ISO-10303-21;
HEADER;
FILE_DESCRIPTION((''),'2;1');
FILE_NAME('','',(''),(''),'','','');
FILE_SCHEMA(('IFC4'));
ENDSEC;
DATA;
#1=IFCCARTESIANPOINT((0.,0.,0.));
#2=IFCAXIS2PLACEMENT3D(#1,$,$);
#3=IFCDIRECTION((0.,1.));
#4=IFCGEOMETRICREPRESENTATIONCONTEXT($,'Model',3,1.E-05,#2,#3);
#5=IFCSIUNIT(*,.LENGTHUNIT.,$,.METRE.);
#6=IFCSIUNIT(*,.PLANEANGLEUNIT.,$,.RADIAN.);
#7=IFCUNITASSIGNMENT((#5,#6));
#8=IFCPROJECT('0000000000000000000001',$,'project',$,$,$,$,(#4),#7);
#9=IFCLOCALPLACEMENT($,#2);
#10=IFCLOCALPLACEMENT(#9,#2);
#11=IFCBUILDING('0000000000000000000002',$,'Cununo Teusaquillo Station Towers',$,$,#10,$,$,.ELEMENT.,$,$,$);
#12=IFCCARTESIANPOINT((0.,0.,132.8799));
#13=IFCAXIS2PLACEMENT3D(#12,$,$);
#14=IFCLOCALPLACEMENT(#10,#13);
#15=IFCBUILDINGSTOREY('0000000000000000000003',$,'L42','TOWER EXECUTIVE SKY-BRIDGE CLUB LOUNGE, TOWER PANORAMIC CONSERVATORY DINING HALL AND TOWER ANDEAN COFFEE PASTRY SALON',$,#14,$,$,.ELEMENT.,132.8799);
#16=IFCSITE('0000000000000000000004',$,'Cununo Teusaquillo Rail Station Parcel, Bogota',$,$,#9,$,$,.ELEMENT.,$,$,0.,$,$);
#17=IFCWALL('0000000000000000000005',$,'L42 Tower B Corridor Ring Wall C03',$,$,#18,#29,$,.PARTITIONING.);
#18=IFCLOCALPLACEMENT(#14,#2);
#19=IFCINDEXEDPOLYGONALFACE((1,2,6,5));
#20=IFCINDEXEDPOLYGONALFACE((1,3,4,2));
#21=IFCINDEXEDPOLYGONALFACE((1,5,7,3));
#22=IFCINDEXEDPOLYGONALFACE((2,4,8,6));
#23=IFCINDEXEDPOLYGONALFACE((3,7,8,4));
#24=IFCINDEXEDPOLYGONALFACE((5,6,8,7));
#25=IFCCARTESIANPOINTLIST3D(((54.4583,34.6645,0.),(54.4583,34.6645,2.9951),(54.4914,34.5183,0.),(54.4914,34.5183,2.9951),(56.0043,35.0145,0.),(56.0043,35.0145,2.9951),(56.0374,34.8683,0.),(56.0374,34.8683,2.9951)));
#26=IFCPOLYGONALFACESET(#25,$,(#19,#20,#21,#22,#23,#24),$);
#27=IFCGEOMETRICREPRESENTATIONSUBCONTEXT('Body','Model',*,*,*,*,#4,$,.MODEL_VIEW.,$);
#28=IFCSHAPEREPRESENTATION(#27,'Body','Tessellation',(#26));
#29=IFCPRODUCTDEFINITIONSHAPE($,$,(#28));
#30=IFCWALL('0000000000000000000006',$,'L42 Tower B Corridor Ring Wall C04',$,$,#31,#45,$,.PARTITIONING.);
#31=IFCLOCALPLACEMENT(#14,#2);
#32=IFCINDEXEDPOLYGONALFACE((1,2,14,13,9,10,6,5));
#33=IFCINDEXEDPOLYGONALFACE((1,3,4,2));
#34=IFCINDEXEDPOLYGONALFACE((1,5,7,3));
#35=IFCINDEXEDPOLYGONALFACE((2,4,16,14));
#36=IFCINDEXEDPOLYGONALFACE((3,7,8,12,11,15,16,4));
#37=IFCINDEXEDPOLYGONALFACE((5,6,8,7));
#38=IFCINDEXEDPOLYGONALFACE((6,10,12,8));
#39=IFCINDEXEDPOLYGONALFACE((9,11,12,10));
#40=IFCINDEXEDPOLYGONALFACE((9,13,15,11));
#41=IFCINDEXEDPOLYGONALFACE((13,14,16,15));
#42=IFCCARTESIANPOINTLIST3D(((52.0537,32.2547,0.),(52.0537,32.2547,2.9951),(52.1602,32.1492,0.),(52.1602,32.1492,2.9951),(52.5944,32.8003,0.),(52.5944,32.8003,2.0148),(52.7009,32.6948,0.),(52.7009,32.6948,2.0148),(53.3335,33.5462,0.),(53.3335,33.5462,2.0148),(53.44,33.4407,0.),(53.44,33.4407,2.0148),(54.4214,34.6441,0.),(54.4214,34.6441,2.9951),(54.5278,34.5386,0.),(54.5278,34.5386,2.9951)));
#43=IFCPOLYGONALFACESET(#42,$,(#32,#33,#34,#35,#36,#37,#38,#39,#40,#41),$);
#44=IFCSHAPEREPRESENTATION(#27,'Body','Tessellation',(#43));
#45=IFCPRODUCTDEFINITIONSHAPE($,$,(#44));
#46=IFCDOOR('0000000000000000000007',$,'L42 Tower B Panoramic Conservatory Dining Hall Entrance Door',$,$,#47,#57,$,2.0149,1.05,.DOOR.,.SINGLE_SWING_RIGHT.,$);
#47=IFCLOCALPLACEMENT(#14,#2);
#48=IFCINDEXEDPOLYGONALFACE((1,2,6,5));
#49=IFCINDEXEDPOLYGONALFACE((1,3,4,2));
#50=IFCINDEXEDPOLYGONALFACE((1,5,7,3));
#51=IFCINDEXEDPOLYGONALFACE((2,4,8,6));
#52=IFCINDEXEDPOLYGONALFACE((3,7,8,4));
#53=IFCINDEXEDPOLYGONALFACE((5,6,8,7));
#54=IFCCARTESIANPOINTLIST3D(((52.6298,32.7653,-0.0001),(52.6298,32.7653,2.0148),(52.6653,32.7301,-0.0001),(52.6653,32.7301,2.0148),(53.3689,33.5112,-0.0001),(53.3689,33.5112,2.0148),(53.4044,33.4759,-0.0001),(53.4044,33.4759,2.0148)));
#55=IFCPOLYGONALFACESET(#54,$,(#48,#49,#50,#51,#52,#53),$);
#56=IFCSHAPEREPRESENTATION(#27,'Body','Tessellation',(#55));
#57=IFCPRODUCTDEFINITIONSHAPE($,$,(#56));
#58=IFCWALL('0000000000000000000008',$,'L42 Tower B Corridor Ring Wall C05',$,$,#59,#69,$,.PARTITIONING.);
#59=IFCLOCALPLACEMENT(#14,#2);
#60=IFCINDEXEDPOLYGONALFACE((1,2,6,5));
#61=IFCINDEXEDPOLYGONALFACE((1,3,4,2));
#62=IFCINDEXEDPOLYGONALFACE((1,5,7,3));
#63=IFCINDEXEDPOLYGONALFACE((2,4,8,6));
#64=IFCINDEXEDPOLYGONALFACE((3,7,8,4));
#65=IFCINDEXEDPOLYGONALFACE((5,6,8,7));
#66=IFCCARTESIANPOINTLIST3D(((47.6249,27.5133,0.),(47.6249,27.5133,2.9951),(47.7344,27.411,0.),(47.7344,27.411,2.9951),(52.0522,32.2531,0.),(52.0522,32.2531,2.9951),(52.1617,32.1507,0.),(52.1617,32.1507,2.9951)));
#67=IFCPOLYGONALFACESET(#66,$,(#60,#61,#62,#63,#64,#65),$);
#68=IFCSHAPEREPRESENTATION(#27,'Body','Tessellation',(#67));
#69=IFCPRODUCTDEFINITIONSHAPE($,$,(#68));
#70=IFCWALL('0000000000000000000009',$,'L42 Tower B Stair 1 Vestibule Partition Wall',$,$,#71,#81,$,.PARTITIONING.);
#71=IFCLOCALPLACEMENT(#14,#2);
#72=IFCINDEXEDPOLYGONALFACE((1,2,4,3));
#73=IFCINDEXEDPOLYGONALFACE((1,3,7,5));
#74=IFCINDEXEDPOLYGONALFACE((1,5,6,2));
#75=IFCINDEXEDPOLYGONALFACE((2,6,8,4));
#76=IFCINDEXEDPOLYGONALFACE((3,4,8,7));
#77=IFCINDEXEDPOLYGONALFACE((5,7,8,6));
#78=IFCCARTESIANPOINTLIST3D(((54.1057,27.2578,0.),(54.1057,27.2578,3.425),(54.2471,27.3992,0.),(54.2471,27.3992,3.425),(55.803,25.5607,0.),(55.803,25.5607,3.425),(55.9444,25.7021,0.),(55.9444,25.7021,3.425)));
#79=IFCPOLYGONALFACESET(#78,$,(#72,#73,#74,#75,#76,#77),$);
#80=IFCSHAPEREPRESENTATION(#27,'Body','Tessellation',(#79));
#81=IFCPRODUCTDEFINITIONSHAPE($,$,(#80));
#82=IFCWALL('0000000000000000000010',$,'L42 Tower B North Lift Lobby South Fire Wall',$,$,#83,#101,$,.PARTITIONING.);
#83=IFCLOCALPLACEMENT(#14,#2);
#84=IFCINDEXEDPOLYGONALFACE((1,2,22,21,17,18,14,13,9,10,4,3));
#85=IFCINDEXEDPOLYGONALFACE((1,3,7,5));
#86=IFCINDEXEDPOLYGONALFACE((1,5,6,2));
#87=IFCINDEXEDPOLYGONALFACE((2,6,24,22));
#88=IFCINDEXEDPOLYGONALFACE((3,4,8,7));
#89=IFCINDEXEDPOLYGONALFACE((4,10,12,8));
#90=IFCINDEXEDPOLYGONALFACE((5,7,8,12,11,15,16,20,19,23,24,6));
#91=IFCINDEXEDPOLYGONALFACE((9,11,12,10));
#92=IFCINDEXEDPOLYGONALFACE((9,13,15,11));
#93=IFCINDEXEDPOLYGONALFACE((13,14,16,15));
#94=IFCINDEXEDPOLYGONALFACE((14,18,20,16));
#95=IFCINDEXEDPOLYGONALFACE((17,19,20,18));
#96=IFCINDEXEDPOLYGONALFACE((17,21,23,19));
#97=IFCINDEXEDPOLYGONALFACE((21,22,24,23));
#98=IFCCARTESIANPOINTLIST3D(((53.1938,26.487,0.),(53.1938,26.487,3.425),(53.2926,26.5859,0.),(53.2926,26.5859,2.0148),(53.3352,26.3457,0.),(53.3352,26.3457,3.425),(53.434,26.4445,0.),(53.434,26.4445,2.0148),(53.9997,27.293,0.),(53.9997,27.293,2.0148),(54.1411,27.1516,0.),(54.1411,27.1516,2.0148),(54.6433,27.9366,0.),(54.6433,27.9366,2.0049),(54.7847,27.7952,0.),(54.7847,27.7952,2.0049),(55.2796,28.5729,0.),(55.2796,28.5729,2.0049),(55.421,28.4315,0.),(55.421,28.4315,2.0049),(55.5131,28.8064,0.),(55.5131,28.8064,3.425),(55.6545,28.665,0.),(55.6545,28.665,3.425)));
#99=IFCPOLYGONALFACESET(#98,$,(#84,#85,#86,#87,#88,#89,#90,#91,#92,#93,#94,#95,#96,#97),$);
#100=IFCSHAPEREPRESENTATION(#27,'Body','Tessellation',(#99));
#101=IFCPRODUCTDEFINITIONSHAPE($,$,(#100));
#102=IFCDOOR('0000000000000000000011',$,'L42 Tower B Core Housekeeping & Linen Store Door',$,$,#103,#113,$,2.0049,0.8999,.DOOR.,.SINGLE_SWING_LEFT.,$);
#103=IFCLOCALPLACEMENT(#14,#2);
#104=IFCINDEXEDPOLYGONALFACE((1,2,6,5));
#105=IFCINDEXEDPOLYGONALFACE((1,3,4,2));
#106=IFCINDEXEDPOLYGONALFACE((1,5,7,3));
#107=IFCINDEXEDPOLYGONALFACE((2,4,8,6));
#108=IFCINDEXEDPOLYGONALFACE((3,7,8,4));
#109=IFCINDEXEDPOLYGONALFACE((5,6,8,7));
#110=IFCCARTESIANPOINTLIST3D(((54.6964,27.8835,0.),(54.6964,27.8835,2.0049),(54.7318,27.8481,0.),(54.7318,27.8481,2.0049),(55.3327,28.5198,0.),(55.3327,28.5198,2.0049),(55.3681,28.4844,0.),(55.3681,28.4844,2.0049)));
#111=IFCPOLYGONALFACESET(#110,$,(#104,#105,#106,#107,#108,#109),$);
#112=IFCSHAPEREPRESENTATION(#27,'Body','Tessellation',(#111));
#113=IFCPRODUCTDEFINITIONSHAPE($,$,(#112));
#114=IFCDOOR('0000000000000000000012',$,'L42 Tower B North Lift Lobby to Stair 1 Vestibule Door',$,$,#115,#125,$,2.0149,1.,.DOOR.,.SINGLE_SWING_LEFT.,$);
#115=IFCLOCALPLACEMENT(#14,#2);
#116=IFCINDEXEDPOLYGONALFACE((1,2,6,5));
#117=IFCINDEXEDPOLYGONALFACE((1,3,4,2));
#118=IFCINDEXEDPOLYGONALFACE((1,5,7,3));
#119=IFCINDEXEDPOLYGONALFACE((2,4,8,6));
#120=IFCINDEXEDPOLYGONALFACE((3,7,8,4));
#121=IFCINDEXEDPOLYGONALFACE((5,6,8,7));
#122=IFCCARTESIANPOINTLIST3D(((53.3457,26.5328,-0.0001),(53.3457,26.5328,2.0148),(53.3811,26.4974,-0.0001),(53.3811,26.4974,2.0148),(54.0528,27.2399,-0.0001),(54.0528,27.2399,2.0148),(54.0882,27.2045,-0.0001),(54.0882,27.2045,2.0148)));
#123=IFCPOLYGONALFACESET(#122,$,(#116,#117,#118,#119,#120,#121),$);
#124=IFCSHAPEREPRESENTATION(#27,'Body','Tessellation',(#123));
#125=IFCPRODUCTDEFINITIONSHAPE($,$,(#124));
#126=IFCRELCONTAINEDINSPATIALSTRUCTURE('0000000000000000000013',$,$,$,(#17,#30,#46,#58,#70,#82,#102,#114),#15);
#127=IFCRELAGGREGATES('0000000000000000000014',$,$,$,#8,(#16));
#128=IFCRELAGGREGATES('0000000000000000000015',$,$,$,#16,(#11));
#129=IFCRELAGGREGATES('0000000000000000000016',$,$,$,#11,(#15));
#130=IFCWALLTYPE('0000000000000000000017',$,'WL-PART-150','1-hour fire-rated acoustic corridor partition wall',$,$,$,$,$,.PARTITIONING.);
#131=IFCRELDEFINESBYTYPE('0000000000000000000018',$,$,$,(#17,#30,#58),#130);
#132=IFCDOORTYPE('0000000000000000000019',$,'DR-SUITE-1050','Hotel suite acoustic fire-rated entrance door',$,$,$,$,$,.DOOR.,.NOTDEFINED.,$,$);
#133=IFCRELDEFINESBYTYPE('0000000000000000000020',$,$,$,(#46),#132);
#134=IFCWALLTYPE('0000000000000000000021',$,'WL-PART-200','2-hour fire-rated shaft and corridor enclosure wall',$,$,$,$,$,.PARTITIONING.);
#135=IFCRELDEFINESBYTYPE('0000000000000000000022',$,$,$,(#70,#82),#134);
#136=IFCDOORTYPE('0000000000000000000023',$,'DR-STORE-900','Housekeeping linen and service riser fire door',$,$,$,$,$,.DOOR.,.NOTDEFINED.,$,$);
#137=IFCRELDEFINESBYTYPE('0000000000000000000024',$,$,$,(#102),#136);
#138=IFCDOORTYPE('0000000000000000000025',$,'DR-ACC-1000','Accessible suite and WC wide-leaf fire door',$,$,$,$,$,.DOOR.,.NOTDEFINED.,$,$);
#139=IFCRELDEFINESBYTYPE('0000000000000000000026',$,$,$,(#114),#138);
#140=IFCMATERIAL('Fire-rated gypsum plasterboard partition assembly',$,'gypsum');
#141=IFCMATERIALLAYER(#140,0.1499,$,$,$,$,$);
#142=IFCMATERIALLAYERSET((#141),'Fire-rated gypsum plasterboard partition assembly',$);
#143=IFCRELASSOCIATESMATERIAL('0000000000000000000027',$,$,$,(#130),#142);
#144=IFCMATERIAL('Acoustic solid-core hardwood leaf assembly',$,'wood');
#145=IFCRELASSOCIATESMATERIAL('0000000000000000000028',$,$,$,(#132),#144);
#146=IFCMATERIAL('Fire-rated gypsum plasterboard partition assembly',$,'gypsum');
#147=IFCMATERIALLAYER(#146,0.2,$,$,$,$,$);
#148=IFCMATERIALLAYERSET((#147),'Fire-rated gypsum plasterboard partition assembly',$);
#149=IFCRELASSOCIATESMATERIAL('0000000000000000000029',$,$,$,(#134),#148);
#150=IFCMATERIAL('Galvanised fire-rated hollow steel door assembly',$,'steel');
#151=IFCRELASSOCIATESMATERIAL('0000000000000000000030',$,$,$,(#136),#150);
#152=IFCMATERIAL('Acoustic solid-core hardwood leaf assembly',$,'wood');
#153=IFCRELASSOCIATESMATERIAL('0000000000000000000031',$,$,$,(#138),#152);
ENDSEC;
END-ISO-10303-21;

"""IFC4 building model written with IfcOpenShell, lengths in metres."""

from ifc_helpers import new_model, si_unit, direction, frame, frame_2d, origin, place, context, subcontext, project, spatial, rectangle, extrude, source, transform, mapped, material, layer, layer_set, type_object, element, fill, save


model = new_model("IFC4")

# Units and contexts
model_context = context("Model", 3, precision=1e-05, world=origin(), true_north=direction((0.0, 1.0)))
body_context = subcontext(model_context, "Body", "Model", "MODEL_VIEW")
ifc_project = project(units=[si_unit("LENGTHUNIT", "METRE"), si_unit("PLANEANGLEUNIT", "RADIAN")], contexts=[model_context])

# Site, building, storey
site_placement = place(None, origin())
site = spatial("IfcSite", under=ifc_project, at=site_placement, Name="Cununo Teusaquillo Rail Station Parcel, Bogota", CompositionType="ELEMENT", RefElevation=0.0)
building_placement = place(site_placement, origin())
building = spatial("IfcBuilding", under=site, at=building_placement, Name="Cununo Teusaquillo Station Towers", CompositionType="ELEMENT")
storey_placement = place(building_placement, frame((0.0, 0.0, 132.8799)))
storey = spatial("IfcBuildingStorey", under=building, at=storey_placement, Name="L42", Description="TOWER EXECUTIVE SKY-BRIDGE CLUB LOUNGE, TOWER PANORAMIC CONSERVATORY DINING HALL AND TOWER ANDEAN COFFEE PASTRY SALON", CompositionType="ELEMENT", Elevation=132.8799)

# Wall
ifc_material_1 = material(Name="Fire-rated gypsum plasterboard partition assembly", Category="gypsum")
ifc_layer_1 = layer(ifc_material_1, 0.1499)
ifc_layer_set_1 = layer_set([ifc_layer_1], Name="Fire-rated gypsum plasterboard partition assembly")
wall_type_1 = type_object("IfcWallType", Name="WL-PART-150", Description="1-hour fire-rated acoustic corridor partition wall", PredefinedType="PARTITIONING", material=ifc_layer_set_1)
wall_1_placement = place(storey_placement, frame((56.0208, 34.9414, 0.0), z_axis=(0.0, 0.0, 1.0), x_axis=(-0.97531, -0.220842, 0.0)))
element("IfcWall", 1, at=wall_1_placement, inside=storey, type_object=wall_type_1, Name="L42 Tower B Corridor Ring Wall C03", PredefinedType="PARTITIONING", context=body_context, shape_type="SweptSolid", body=[
    extrude(rectangle(XDim=1.5852, YDim=0.1499, at=frame_2d((0.7925, 0.0))), origin(), (0.0, 0.0, 1.0), 2.9951),
])

# Wall, opening, door
wall_2_placement = place(storey_placement, frame((54.4746, 34.5913, 0.0), z_axis=(0.0, 0.0, 1.0), x_axis=(-0.70387, -0.710329, 0.0)))
wall_2 = element("IfcWall", 2, at=wall_2_placement, inside=storey, type_object=wall_type_1, Name="L42 Tower B Corridor Ring Wall C04", PredefinedType="PARTITIONING", context=body_context, shape_type="SweptSolid", body=[
    extrude(rectangle(XDim=3.3638, YDim=0.1499, at=frame_2d((1.6819, 0.0))), origin(), (0.0, 0.0, 1.0), 2.9951),
])
shared_shape_1 = source(origin(), body_context, "Body", "SweptSolid", [
    extrude(rectangle(XDim=1.05, YDim=2.0149, at=frame_2d((0.5249, 1.0073))), frame((0.0, 0.085, 0.0), z_axis=(0.0, -1.0, 0.0), x_axis=(1.0, 0.0, 0.0)), (0.0, 0.0, 1.0), 0.1699),
])
opening_1_placement = place(wall_2_placement, frame((1.5457, 0.0, 0.0)))
opening_1 = element("IfcOpeningElement", 3, at=opening_1_placement, cuts=wall_2, PredefinedType="OPENING", context=body_context, shape_type="MappedRepresentation", body=[
    mapped(shared_shape_1, transform((0.0, 0.0, 0.0), x_axis=(1.0, 0.0, 0.0), y_axis=(0.0, 1.0, 0.0), z_axis=(0.0, 0.0, 1.0), scale=1.0)),
])
ifc_material_2 = material(Name="Acoustic solid-core hardwood leaf assembly", Category="wood")
door_type_1 = type_object("IfcDoorType", Name="DR-SUITE-1050", Description="Hotel suite acoustic fire-rated entrance door", OperationType="NOTDEFINED", PredefinedType="DOOR", material=ifc_material_2)
shared_shape_2 = source(origin(), body_context, "Body", "SweptSolid", [
    extrude(rectangle(XDim=1.05, YDim=2.0149, at=frame_2d((0.5249, 1.0073))), frame((0.0, 0.0249, 0.0), z_axis=(0.0, -1.0, 0.0), x_axis=(1.0, 0.0, 0.0)), (0.0, 0.0, 1.0), 0.05),
])
door_1_placement = place(opening_1_placement, origin())
door_1 = element("IfcDoor", 4, at=door_1_placement, inside=storey, type_object=door_type_1, Name="L42 Tower B Panoramic Conservatory Dining Hall Entrance Door", OperationType="SINGLE_SWING_RIGHT", OverallHeight=2.0149, OverallWidth=1.05, PredefinedType="DOOR", context=body_context, shape_type="MappedRepresentation", body=[
    mapped(shared_shape_2, transform((0.0, 0.0, 0.0), x_axis=(1.0, 0.0, 0.0), y_axis=(0.0, 1.0, 0.0), z_axis=(0.0, 0.0, 1.0), scale=1.0)),
])
fill(opening_1, door_1)

# Walls
wall_3_placement = place(storey_placement, frame((52.1069, 32.2019, 0.0), z_axis=(0.0, 0.0, 1.0), x_axis=(-0.682605, -0.730787, 0.0)))
element("IfcWall", 5, at=wall_3_placement, inside=storey, type_object=wall_type_1, Name="L42 Tower B Corridor Ring Wall C05", PredefinedType="PARTITIONING", context=body_context, shape_type="SweptSolid", body=[
    extrude(rectangle(XDim=6.4858, YDim=0.1499, at=frame_2d((3.2429, 0.0))), origin(), (0.0, 0.0, 1.0), 2.9951),
])
ifc_material_3 = material(Name="Fire-rated gypsum plasterboard partition assembly", Category="gypsum")
ifc_layer_2 = layer(ifc_material_3, 0.2)
ifc_layer_set_2 = layer_set([ifc_layer_2], Name="Fire-rated gypsum plasterboard partition assembly")
wall_type_2 = type_object("IfcWallType", Name="WL-PART-200", Description="2-hour fire-rated shaft and corridor enclosure wall", PredefinedType="PARTITIONING", material=ifc_layer_set_2)
wall_4_placement = place(storey_placement, frame((55.8738, 25.6313, 0.0), z_axis=(0.0, 0.0, 1.0), x_axis=(-0.707158, 0.707056, 0.0)))
element("IfcWall", 6, at=wall_4_placement, inside=storey, type_object=wall_type_2, Name="L42 Tower B Stair 1 Vestibule Partition Wall", PredefinedType="PARTITIONING", context=body_context, shape_type="SweptSolid", body=[
    extrude(rectangle(XDim=2.4001, YDim=0.2, at=frame_2d((1.2002, 0.0))), origin(), (0.0, 0.0, 1.0), 3.425),
])

# Wall, openings, doors
wall_5_placement = place(storey_placement, frame((53.2644, 26.4163, 0.0), z_axis=(0.0, 0.0, 1.0), x_axis=(0.707107, 0.707107, 0.0)))
wall_5 = element("IfcWall", 7, at=wall_5_placement, inside=storey, type_object=wall_type_2, Name="L42 Tower B North Lift Lobby South Fire Wall", PredefinedType="PARTITIONING", context=body_context, shape_type="SweptSolid", body=[
    extrude(rectangle(XDim=3.28, YDim=0.2, at=frame_2d((1.6401, 0.0))), origin(), (0.0, 0.0, 1.0), 3.425),
])
shared_shape_3 = source(origin(), body_context, "Body", "SweptSolid", [
    extrude(rectangle(XDim=1.0, YDim=2.0149, at=frame_2d((0.5, 1.0073))), frame((0.0, 0.1099, 0.0), z_axis=(0.0, -1.0, 0.0), x_axis=(1.0, 0.0, 0.0)), (0.0, 0.0, 1.0), 0.22),
])
opening_2_placement = place(wall_5_placement, frame((0.1399, 0.0, 0.0)))
opening_2 = element("IfcOpeningElement", 8, at=opening_2_placement, cuts=wall_5, PredefinedType="OPENING", context=body_context, shape_type="MappedRepresentation", body=[
    mapped(shared_shape_3, transform((0.0, 0.0, 0.0), x_axis=(1.0, 0.0, 0.0), y_axis=(0.0, 1.0, 0.0), z_axis=(0.0, 0.0, 1.0), scale=1.0)),
])
shared_shape_4 = source(origin(), body_context, "Body", "SweptSolid", [
    extrude(rectangle(XDim=0.8999, YDim=2.0049, at=frame_2d((0.45, 1.0024))), frame((0.0, 0.1099, 0.0), z_axis=(0.0, -1.0, 0.0), x_axis=(1.0, 0.0, 0.0)), (0.0, 0.0, 1.0), 0.22),
])
opening_3_placement = place(wall_5_placement, frame((2.05, 0.0, 0.0)))
opening_3 = element("IfcOpeningElement", 9, at=opening_3_placement, cuts=wall_5, PredefinedType="OPENING", context=body_context, shape_type="MappedRepresentation", body=[
    mapped(shared_shape_4, transform((0.0, 0.0, 0.0), x_axis=(1.0, 0.0, 0.0), y_axis=(0.0, 1.0, 0.0), z_axis=(0.0, 0.0, 1.0), scale=1.0)),
])
ifc_material_4 = material(Name="Galvanised fire-rated hollow steel door assembly", Category="steel")
door_type_2 = type_object("IfcDoorType", Name="DR-STORE-900", Description="Housekeeping linen and service riser fire door", OperationType="NOTDEFINED", PredefinedType="DOOR", material=ifc_material_4)
shared_shape_5 = source(origin(), body_context, "Body", "SweptSolid", [
    extrude(rectangle(XDim=0.8999, YDim=2.0049, at=frame_2d((0.45, 1.0024))), frame((0.0, 0.0249, 0.0), z_axis=(0.0, -1.0, 0.0), x_axis=(1.0, 0.0, 0.0)), (0.0, 0.0, 1.0), 0.05),
])
door_2_placement = place(opening_3_placement, origin())
door_2 = element("IfcDoor", 10, at=door_2_placement, inside=storey, type_object=door_type_2, Name="L42 Tower B Core Housekeeping & Linen Store Door", OperationType="SINGLE_SWING_LEFT", OverallHeight=2.0049, OverallWidth=0.8999, PredefinedType="DOOR", context=body_context, shape_type="MappedRepresentation", body=[
    mapped(shared_shape_5, transform((0.0, 0.0, 0.0), x_axis=(1.0, 0.0, 0.0), y_axis=(0.0, 1.0, 0.0), z_axis=(0.0, 0.0, 1.0), scale=1.0)),
])
fill(opening_3, door_2)
ifc_material_5 = material(Name="Acoustic solid-core hardwood leaf assembly", Category="wood")
door_type_3 = type_object("IfcDoorType", Name="DR-ACC-1000", Description="Accessible suite and WC wide-leaf fire door", OperationType="NOTDEFINED", PredefinedType="DOOR", material=ifc_material_5)
shared_shape_6 = source(origin(), body_context, "Body", "SweptSolid", [
    extrude(rectangle(XDim=1.0, YDim=2.0149, at=frame_2d((0.5, 1.0073))), frame((0.0, 0.0249, 0.0), z_axis=(0.0, -1.0, 0.0), x_axis=(1.0, 0.0, 0.0)), (0.0, 0.0, 1.0), 0.05),
])
door_3_placement = place(opening_2_placement, origin())
door_3 = element("IfcDoor", 11, at=door_3_placement, inside=storey, type_object=door_type_3, Name="L42 Tower B North Lift Lobby to Stair 1 Vestibule Door", OperationType="SINGLE_SWING_LEFT", OverallHeight=2.0149, OverallWidth=1.0, PredefinedType="DOOR", context=body_context, shape_type="MappedRepresentation", body=[
    mapped(shared_shape_6, transform((0.0, 0.0, 0.0), x_axis=(1.0, 0.0, 0.0), y_axis=(0.0, 1.0, 0.0), z_axis=(0.0, 0.0, 1.0), scale=1.0)),
])
fill(opening_2, door_3)

save(model, "model.ifc")
